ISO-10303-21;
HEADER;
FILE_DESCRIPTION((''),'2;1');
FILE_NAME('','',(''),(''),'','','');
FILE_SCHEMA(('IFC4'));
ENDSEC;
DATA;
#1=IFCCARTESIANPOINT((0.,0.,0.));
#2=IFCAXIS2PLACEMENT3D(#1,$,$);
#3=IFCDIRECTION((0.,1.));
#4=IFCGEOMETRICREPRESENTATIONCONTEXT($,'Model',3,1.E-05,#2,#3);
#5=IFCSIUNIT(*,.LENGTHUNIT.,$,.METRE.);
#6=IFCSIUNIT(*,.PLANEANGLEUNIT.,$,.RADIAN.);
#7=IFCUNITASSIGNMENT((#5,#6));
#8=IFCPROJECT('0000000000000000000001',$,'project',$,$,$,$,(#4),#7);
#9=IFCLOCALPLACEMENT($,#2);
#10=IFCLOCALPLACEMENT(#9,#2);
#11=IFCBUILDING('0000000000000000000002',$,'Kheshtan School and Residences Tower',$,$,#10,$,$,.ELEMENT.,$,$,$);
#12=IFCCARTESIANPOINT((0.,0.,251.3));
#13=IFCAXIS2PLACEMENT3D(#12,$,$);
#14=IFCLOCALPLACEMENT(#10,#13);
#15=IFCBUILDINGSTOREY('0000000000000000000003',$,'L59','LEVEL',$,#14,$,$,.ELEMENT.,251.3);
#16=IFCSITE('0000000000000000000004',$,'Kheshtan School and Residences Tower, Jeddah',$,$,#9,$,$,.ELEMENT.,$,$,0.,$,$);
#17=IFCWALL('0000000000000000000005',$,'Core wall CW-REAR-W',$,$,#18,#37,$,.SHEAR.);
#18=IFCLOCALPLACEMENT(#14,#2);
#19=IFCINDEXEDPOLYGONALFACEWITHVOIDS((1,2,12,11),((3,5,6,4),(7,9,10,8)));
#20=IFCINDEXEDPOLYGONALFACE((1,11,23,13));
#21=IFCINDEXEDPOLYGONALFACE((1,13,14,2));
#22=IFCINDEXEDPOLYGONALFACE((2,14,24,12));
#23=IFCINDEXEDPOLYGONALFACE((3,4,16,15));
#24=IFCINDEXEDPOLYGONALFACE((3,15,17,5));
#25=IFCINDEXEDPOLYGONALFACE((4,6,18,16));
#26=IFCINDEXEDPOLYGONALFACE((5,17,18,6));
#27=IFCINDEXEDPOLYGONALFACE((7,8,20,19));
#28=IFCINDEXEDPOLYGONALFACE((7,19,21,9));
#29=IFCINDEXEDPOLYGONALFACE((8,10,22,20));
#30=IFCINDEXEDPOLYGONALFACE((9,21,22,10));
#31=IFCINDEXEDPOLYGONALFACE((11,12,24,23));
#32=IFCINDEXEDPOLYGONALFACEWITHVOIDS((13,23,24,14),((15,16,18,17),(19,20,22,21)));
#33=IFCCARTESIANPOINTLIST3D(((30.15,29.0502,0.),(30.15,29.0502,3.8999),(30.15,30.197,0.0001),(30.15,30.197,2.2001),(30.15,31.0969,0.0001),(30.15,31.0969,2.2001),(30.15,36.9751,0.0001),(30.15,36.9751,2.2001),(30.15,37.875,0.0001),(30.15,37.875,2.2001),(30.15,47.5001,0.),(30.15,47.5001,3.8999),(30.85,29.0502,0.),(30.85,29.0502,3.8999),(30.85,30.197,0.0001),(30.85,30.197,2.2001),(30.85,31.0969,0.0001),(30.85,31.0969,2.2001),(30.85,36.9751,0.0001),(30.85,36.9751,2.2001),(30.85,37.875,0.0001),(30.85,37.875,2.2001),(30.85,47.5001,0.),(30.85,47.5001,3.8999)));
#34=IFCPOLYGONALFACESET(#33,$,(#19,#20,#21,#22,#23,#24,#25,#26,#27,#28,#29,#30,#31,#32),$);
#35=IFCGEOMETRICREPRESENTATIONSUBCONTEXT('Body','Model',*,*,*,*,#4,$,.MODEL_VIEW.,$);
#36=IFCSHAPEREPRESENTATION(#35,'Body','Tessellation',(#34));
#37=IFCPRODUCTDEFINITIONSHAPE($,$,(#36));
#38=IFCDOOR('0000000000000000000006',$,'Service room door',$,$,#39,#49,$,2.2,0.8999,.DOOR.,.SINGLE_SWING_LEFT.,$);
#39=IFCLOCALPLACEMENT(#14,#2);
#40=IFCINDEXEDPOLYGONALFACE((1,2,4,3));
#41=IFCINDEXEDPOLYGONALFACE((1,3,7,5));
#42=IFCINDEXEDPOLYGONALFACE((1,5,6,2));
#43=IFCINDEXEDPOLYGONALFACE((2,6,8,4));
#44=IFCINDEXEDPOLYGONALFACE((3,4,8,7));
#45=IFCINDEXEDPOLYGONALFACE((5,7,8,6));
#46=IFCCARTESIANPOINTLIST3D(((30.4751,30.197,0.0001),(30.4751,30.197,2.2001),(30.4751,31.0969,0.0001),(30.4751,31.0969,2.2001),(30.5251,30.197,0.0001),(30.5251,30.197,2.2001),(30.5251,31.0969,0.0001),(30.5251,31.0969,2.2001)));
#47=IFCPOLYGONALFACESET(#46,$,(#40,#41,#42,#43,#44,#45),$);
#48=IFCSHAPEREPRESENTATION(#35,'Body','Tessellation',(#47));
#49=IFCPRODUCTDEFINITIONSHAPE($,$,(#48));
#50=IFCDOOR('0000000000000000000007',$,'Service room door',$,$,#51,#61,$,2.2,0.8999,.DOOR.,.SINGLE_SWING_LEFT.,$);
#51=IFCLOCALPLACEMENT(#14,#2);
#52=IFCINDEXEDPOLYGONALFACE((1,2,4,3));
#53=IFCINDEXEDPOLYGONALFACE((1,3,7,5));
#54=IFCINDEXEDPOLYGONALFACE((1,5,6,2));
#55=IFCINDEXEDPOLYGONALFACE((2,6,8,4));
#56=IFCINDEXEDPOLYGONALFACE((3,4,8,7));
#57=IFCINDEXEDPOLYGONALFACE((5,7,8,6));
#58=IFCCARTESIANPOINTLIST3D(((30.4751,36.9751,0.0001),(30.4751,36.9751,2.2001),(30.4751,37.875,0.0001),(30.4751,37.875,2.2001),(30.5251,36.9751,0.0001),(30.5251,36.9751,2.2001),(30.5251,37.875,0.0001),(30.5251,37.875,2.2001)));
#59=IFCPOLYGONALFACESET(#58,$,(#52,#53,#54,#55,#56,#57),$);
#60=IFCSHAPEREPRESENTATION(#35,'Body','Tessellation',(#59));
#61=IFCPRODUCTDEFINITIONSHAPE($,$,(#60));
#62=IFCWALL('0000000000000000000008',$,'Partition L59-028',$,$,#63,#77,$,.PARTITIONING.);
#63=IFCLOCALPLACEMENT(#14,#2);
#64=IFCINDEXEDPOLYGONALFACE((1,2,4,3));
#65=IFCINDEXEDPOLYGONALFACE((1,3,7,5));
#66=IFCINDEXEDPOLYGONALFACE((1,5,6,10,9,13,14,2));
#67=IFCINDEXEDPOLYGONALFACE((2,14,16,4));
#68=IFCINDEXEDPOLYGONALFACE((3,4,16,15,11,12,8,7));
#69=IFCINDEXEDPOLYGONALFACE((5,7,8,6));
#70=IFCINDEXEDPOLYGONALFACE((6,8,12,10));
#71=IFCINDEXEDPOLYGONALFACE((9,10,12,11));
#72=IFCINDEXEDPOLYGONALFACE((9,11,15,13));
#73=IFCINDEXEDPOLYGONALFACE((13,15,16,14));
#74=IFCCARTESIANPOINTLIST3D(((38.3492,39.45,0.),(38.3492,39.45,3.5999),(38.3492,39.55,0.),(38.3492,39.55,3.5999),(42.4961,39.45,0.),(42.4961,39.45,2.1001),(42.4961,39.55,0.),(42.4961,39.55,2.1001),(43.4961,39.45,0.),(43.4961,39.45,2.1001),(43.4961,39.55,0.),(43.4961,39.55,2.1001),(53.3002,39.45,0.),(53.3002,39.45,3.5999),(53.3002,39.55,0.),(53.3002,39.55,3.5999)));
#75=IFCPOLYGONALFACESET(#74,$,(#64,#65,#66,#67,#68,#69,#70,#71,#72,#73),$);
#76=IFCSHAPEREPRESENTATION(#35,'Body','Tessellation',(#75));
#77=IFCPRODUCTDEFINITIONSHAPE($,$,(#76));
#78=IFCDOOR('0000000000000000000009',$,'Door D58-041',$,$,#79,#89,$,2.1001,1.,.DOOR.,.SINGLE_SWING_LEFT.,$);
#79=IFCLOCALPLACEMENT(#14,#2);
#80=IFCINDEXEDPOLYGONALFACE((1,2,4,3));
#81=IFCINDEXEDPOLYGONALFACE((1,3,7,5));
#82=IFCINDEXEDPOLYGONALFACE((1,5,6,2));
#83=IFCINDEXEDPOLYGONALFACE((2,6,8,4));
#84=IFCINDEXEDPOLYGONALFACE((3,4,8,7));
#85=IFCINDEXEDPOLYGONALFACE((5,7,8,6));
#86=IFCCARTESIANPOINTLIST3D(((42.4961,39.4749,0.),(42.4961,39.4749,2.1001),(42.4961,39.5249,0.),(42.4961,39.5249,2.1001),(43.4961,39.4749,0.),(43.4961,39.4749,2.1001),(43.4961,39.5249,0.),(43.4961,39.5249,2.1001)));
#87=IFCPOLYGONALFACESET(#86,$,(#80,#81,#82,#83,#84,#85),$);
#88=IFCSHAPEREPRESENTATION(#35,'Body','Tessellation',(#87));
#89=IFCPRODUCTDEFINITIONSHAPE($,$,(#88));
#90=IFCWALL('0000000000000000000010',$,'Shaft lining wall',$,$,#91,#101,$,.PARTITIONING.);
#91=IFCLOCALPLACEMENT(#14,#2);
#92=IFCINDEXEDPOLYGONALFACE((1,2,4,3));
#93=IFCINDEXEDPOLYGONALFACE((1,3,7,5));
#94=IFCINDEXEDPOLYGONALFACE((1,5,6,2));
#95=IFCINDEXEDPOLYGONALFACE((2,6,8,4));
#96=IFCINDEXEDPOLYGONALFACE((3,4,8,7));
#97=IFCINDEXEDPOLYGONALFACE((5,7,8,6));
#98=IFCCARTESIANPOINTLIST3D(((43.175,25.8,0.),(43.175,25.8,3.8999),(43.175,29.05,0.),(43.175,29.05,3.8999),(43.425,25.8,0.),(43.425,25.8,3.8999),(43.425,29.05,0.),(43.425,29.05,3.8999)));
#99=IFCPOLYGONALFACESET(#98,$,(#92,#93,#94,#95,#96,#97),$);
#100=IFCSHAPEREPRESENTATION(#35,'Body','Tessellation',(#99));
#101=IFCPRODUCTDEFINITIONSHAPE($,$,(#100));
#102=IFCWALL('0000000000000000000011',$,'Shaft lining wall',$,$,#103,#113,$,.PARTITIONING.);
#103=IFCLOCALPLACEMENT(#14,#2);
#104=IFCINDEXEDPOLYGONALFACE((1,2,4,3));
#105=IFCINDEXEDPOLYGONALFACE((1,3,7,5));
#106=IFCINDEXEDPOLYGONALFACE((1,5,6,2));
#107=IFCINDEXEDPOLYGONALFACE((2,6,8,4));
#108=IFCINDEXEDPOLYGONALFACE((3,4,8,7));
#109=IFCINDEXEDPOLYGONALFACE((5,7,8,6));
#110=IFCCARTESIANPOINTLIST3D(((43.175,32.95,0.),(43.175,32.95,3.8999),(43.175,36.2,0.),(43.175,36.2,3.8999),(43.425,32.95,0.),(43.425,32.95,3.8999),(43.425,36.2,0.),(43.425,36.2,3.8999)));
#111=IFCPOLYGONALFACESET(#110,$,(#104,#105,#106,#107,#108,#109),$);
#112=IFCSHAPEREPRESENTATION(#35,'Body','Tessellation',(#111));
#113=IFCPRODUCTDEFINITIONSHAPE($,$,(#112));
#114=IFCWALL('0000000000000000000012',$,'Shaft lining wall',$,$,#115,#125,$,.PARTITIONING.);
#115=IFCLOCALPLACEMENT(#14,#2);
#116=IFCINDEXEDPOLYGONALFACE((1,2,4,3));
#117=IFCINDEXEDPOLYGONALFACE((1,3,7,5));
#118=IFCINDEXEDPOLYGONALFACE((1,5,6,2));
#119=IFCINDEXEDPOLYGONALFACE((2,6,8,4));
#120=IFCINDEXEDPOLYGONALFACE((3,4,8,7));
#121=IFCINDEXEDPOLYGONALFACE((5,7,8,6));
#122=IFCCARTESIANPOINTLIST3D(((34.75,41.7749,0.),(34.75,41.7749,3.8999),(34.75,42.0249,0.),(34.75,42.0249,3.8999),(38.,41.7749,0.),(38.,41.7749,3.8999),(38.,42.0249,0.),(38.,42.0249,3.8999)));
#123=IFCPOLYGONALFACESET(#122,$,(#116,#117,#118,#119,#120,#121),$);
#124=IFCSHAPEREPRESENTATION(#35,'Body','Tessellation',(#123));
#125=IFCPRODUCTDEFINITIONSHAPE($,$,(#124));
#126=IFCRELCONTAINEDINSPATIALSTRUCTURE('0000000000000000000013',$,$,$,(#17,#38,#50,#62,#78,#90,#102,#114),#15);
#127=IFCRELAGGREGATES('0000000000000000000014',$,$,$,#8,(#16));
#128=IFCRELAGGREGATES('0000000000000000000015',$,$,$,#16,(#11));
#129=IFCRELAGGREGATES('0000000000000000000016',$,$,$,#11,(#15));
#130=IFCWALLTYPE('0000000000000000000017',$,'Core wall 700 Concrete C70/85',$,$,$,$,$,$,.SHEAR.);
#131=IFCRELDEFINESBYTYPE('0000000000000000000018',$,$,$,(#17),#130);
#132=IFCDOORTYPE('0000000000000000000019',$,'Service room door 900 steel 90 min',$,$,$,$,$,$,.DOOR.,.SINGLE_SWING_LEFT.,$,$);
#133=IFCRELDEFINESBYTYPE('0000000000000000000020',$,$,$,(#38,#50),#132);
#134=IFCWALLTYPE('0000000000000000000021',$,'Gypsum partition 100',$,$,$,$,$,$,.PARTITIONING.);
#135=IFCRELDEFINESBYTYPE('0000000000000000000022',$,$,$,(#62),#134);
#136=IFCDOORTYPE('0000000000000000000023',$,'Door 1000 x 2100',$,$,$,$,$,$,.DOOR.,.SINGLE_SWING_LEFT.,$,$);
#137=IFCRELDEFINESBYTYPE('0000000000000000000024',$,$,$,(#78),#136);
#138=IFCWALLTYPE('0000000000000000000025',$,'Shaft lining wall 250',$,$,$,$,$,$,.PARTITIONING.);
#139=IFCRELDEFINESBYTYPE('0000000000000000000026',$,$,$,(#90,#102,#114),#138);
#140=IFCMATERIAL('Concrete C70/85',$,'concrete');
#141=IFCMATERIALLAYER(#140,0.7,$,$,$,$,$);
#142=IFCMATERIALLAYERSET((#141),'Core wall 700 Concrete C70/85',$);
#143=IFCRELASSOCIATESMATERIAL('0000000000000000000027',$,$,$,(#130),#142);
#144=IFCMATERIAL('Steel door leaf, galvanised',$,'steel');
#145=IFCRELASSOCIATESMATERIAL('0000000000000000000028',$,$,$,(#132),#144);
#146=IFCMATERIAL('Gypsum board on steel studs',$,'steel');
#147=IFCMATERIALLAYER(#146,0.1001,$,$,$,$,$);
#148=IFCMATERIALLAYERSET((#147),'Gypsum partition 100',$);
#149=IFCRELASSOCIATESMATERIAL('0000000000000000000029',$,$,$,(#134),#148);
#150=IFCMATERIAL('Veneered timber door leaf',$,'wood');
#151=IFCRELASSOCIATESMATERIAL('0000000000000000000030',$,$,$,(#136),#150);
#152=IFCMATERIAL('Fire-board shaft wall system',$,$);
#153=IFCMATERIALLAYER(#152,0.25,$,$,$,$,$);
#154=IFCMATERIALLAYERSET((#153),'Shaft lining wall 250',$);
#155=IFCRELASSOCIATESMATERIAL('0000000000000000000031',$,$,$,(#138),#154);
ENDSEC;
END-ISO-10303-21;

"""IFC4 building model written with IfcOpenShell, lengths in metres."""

from ifc_helpers import new_model, si_unit, direction, frame, frame_2d, origin, place, context, subcontext, project, spatial, rectangle, extrude, source, transform, mapped, material, layer, layer_set, type_object, element, fill, save


model = new_model("IFC4")

# Units and contexts
model_context = context("Model", 3, precision=1e-05, world=origin(), true_north=direction((0.0, 1.0)))
body_context = subcontext(model_context, "Body", "Model", "MODEL_VIEW")
ifc_project = project(units=[si_unit("LENGTHUNIT", "METRE"), si_unit("PLANEANGLEUNIT", "RADIAN")], contexts=[model_context])

# Site, building, storey
site_placement = place(None, origin())
site = spatial("IfcSite", under=ifc_project, at=site_placement, Name="Kheshtan School and Residences Tower, Jeddah", CompositionType="ELEMENT", RefElevation=0.0)
building_placement = place(site_placement, origin())
building = spatial("IfcBuilding", under=site, at=building_placement, Name="Kheshtan School and Residences Tower", CompositionType="ELEMENT")
storey_placement = place(building_placement, frame((0.0, 0.0, 251.3)))
storey = spatial("IfcBuildingStorey", under=building, at=storey_placement, Name="L59", Description="LEVEL", CompositionType="ELEMENT", Elevation=251.3)

# Shared definitions
ifc_material_1 = material(Name="Steel door leaf, galvanised", Category="steel")

# Shared definitions
ifc_material_2 = material(Name="Concrete C70/85", Category="concrete")
ifc_layer_1 = layer(ifc_material_2, 0.7)
ifc_layer_set_1 = layer_set([ifc_layer_1], Name="Core wall 700 Concrete C70/85")
wall_type_1 = type_object("IfcWallType", Name="Core wall 700 Concrete C70/85", PredefinedType="SHEAR", material=ifc_layer_set_1)

# Wall, openings, doors
wall_1_placement = place(storey_placement, frame((30.5, 29.05, 0.0), z_axis=(0.0, 0.0, 1.0), x_axis=(0.0, 1.0, 0.0)))
wall_1 = element("IfcWall", 1, at=wall_1_placement, inside=storey, type_object=wall_type_1, Name="Core wall CW-REAR-W", PredefinedType="SHEAR", context=body_context, shape_type="SweptSolid", body=[
    extrude(rectangle(XDim=18.45, YDim=0.7, at=frame_2d((9.2251, 0.0))), origin(), (0.0, 0.0, 1.0), 3.8999),
])
opening_1_placement = place(wall_1_placement, frame((1.147, 0.0, 0.0)))
opening_1 = element("IfcOpeningElement", 2, at=opening_1_placement, cuts=wall_1, PredefinedType="OPENING", context=body_context, shape_type="SweptSolid", body=[
    extrude(rectangle(XDim=0.8999, YDim=2.2, at=frame_2d((0.45, 1.1001))), frame((0.0, 0.3599, 0.0), z_axis=(0.0, -1.0, 0.0), x_axis=(1.0, 0.0, 0.0)), (0.0, 0.0, 1.0), 0.72),
])
opening_2_placement = place(wall_1_placement, frame((7.925, 0.0, 0.0)))
opening_2 = element("IfcOpeningElement", 3, at=opening_2_placement, cuts=wall_1, PredefinedType="OPENING", context=body_context, shape_type="SweptSolid", body=[
    extrude(rectangle(XDim=0.8999, YDim=2.2, at=frame_2d((0.45, 1.1001))), frame((0.0, 0.3599, 0.0), z_axis=(0.0, -1.0, 0.0), x_axis=(1.0, 0.0, 0.0)), (0.0, 0.0, 1.0), 0.72),
])
door_type_1 = type_object("IfcDoorType", Name="Service room door 900 steel 90 min", OperationType="SINGLE_SWING_LEFT", PredefinedType="DOOR", material=ifc_material_1)
shared_shape_1 = source(origin(), body_context, "Body", "SweptSolid", [
    extrude(rectangle(XDim=0.8999, YDim=2.2, at=frame_2d((0.45, 1.1001))), frame((0.0, 0.0249, 0.0), z_axis=(0.0, -1.0, 0.0), x_axis=(1.0, 0.0, 0.0)), (0.0, 0.0, 1.0), 0.05),
])
door_1_placement = place(opening_1_placement, origin())
door_1 = element("IfcDoor", 4, at=door_1_placement, inside=storey, type_object=door_type_1, Name="Service room door", OperationType="SINGLE_SWING_LEFT", OverallHeight=2.2, OverallWidth=0.8999, PredefinedType="DOOR", context=body_context, shape_type="MappedRepresentation", body=[
    mapped(shared_shape_1, transform((0.0, 0.0, 0.0), x_axis=(1.0, 0.0, 0.0), y_axis=(0.0, 1.0, 0.0), z_axis=(0.0, 0.0, 1.0), scale=1.0)),
])
fill(opening_1, door_1)
door_2_placement = place(opening_2_placement, origin())
door_2 = element("IfcDoor", 5, at=door_2_placement, inside=storey, type_object=door_type_1, Name="Service room door", OperationType="SINGLE_SWING_LEFT", OverallHeight=2.2, OverallWidth=0.8999, PredefinedType="DOOR", context=body_context, shape_type="MappedRepresentation", body=[
    mapped(shared_shape_1, transform((0.0, 0.0, 0.0), x_axis=(1.0, 0.0, 0.0), y_axis=(0.0, 1.0, 0.0), z_axis=(0.0, 0.0, 1.0), scale=1.0)),
])
fill(opening_2, door_2)

# Wall, opening, door
ifc_material_3 = material(Name="Gypsum board on steel studs", Category="steel")
ifc_layer_2 = layer(ifc_material_3, 0.1001)
ifc_layer_set_2 = layer_set([ifc_layer_2], Name="Gypsum partition 100")
wall_type_2 = type_object("IfcWallType", Name="Gypsum partition 100", PredefinedType="PARTITIONING", material=ifc_layer_set_2)
wall_2_placement = place(storey_placement, frame((38.3491, 39.5, 0.0), z_axis=(0.0, 0.0, 1.0), x_axis=(1.0, 0.0, 0.0)))
wall_2 = element("IfcWall", 6, at=wall_2_placement, inside=storey, type_object=wall_type_2, Name="Partition L59-028", PredefinedType="PARTITIONING", context=body_context, shape_type="SweptSolid", body=[
    extrude(rectangle(XDim=14.9509, YDim=0.1001, at=frame_2d((7.4756, 0.0))), origin(), (0.0, 0.0, 1.0), 3.5999),
])
opening_3_placement = place(wall_2_placement, frame((4.147, 0.0, 0.0)))
opening_3 = element("IfcOpeningElement", 7, at=opening_3_placement, cuts=wall_2, PredefinedType="OPENING", context=body_context, shape_type="SweptSolid", body=[
    extrude(rectangle(XDim=1.0, YDim=2.1001, at=frame_2d((0.5, 1.05))), frame((0.0, 0.0601, 0.0), z_axis=(0.0, -1.0, 0.0), x_axis=(1.0, 0.0, 0.0)), (0.0, 0.0, 1.0), 0.1201),
])
ifc_material_4 = material(Name="Veneered timber door leaf", Category="wood")
door_type_2 = type_object("IfcDoorType", Name="Door 1000 x 2100", OperationType="SINGLE_SWING_LEFT", PredefinedType="DOOR", material=ifc_material_4)
shared_shape_2 = source(origin(), body_context, "Body", "SweptSolid", [
    extrude(rectangle(XDim=1.0, YDim=2.1001, at=frame_2d((0.5, 1.05))), frame((0.0, 0.0249, 0.0), z_axis=(0.0, -1.0, 0.0), x_axis=(1.0, 0.0, 0.0)), (0.0, 0.0, 1.0), 0.05),
])
door_3_placement = place(opening_3_placement, origin())
door_3 = element("IfcDoor", 8, at=door_3_placement, inside=storey, type_object=door_type_2, Name="Door D58-041", OperationType="SINGLE_SWING_LEFT", OverallHeight=2.1001, OverallWidth=1.0, PredefinedType="DOOR", context=body_context, shape_type="MappedRepresentation", body=[
    mapped(shared_shape_2, transform((0.0, 0.0, 0.0), x_axis=(1.0, 0.0, 0.0), y_axis=(0.0, 1.0, 0.0), z_axis=(0.0, 0.0, 1.0), scale=1.0)),
])
fill(opening_3, door_3)

# Walls
ifc_material_5 = material(Name="Fire-board shaft wall system")
ifc_layer_3 = layer(ifc_material_5, 0.25)
ifc_layer_set_3 = layer_set([ifc_layer_3], Name="Shaft lining wall 250")
wall_type_3 = type_object("IfcWallType", Name="Shaft lining wall 250", PredefinedType="PARTITIONING", material=ifc_layer_set_3)
for number, where, z_axis, x_axis, name in (
    (9, (43.3, 25.8, 0.0), (0.0, 0.0, 1.0), (0.0, 1.0, 0.0), "Shaft lining wall"),
    (10, (43.3, 32.95, 0.0), (0.0, 0.0, 1.0), (0.0, 1.0, 0.0), "Shaft lining wall"),
    (11, (34.75, 41.8999, 0.0), (0.0, 0.0, 1.0), (1.0, 0.0, 0.0), "Shaft lining wall"),
):
    element("IfcWall", number, at=place(storey_placement, frame(where, z_axis=z_axis, x_axis=x_axis)), inside=storey, type_object=wall_type_3, Name=name, PredefinedType="PARTITIONING", context=body_context, shape_type="SweptSolid", body=[
        extrude(rectangle(XDim=3.25, YDim=0.25, at=frame_2d((1.625, 0.0))), origin(), (0.0, 0.0, 1.0), 3.8999),
    ])

save(model, "model.ifc")
